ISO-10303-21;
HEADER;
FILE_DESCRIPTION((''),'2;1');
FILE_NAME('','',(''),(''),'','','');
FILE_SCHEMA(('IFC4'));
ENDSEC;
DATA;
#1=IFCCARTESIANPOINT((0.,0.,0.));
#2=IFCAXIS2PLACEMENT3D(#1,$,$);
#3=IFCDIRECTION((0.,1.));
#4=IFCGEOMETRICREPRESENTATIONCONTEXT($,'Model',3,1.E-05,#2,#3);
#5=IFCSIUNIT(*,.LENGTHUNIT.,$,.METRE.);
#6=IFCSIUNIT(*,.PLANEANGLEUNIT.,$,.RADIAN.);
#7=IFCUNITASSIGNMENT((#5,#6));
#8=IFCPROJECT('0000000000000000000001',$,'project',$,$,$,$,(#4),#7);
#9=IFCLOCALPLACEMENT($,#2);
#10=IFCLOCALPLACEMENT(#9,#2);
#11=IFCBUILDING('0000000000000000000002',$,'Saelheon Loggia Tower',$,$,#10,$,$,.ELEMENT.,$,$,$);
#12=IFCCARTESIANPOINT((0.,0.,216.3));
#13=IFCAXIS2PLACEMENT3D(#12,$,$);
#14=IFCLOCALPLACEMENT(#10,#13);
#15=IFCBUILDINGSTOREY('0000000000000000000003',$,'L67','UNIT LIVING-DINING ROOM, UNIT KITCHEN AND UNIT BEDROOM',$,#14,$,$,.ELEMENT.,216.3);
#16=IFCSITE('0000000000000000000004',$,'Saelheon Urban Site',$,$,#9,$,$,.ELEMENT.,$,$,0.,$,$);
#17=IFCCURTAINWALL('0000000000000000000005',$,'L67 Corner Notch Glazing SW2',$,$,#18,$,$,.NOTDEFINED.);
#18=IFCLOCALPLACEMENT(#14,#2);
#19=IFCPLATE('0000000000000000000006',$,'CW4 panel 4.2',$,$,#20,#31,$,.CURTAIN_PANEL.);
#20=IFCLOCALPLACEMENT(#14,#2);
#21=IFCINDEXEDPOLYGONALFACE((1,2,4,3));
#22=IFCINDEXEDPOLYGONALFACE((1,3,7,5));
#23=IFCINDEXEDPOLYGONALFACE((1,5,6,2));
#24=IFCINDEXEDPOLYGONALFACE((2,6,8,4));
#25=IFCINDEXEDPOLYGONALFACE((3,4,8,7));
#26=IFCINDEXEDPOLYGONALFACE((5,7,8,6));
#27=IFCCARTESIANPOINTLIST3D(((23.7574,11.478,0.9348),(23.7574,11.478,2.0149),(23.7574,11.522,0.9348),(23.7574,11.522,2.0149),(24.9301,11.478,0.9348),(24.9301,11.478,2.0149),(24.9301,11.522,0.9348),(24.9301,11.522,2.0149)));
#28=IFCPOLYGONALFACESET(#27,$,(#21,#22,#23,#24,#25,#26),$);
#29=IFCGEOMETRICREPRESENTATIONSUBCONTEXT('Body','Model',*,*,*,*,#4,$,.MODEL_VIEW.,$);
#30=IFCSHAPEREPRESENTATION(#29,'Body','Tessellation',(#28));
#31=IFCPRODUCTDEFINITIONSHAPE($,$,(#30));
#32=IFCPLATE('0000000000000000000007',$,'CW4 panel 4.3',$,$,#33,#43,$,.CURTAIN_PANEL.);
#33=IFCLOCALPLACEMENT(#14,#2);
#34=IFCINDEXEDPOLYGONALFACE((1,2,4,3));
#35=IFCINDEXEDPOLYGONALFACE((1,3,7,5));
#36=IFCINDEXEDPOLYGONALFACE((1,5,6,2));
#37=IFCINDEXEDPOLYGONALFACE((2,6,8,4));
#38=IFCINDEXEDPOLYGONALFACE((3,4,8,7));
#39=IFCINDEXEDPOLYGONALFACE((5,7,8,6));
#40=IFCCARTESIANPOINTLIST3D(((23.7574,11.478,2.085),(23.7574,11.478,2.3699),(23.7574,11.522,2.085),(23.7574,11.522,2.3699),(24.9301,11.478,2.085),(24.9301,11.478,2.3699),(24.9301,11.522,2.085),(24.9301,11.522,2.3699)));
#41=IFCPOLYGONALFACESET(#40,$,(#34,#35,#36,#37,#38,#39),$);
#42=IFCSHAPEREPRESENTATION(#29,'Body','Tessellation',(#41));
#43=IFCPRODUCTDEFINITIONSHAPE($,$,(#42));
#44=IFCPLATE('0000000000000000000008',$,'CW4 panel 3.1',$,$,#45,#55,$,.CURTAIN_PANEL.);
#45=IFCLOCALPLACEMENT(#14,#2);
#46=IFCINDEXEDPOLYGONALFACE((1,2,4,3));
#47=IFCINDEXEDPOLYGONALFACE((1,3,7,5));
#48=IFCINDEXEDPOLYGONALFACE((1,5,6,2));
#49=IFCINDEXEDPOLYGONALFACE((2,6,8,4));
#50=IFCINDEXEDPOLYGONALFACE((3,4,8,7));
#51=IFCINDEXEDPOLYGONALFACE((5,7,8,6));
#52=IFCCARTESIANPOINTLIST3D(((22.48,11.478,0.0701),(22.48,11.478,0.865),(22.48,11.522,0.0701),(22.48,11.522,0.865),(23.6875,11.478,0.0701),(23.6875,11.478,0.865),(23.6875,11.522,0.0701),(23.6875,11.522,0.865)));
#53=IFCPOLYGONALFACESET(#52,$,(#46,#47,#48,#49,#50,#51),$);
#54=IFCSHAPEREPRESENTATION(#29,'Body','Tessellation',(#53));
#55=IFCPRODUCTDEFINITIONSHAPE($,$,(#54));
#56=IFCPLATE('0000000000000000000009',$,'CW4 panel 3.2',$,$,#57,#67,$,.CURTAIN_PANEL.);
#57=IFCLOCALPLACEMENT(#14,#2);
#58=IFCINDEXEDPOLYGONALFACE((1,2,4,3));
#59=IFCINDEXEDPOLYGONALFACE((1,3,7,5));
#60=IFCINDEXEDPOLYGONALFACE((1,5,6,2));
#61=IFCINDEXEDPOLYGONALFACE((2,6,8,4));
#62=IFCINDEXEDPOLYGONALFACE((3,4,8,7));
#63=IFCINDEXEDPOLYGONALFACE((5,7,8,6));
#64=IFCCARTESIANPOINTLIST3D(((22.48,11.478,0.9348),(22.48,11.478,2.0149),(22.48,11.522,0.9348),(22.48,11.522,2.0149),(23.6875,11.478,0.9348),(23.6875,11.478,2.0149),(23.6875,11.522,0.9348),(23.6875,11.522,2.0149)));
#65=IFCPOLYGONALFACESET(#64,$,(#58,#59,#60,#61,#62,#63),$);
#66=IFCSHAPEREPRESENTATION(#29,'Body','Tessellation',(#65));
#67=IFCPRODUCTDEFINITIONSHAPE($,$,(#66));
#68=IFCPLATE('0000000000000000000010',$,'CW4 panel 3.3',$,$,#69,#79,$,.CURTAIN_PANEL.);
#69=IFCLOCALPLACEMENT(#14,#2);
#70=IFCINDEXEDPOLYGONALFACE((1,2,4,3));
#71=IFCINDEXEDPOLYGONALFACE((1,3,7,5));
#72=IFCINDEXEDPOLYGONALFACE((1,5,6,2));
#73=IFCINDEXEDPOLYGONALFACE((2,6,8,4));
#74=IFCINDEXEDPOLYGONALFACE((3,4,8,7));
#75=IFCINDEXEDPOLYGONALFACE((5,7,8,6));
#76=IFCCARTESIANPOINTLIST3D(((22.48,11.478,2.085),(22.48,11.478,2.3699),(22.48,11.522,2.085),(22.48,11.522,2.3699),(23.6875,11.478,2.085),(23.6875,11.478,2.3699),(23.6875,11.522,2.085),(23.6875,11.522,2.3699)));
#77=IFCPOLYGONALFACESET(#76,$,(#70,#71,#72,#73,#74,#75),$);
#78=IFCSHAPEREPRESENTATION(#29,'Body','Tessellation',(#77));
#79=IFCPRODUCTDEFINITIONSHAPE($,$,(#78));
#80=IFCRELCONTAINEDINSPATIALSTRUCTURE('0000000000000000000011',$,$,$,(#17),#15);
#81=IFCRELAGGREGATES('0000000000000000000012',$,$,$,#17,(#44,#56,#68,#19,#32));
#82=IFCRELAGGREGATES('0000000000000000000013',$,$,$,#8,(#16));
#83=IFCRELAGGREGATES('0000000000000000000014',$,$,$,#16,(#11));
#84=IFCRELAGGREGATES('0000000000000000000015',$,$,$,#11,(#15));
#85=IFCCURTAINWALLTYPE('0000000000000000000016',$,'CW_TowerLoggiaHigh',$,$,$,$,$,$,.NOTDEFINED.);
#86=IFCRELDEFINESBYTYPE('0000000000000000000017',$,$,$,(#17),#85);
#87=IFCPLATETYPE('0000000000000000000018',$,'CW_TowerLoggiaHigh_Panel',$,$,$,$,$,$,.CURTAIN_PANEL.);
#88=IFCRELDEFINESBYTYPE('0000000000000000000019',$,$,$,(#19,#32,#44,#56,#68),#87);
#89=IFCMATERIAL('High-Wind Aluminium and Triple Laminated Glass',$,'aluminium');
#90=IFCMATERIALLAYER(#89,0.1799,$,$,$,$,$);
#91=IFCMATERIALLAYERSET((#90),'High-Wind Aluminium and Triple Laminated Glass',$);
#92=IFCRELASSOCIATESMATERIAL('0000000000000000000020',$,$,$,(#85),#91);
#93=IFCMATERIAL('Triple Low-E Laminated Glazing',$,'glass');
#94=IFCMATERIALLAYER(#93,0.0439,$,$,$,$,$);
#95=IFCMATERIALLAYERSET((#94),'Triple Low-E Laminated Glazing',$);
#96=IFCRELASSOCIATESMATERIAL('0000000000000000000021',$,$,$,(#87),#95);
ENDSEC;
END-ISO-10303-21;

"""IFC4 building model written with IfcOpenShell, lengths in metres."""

from ifc_helpers import new_model, si_unit, direction, frame, origin, origin_2d, place, context, subcontext, project, spatial, rectangle, extrude, source, transform, mapped, material, layer, layer_set, type_object, element, aggregate, save


model = new_model("IFC4")

# Units and contexts
model_context = context("Model", 3, precision=1e-05, world=origin(), true_north=direction((0.0, 1.0)))
body_context = subcontext(model_context, "Body", "Model", "MODEL_VIEW")
ifc_project = project(units=[si_unit("LENGTHUNIT", "METRE"), si_unit("PLANEANGLEUNIT", "RADIAN")], contexts=[model_context])

# Site, building, storey
site_placement = place(None, origin())
site = spatial("IfcSite", under=ifc_project, at=site_placement, Name="Saelheon Urban Site", CompositionType="ELEMENT", RefElevation=0.0)
building_placement = place(site_placement, origin())
building = spatial("IfcBuilding", under=site, at=building_placement, Name="Saelheon Loggia Tower", CompositionType="ELEMENT")
storey_placement = place(building_placement, frame((0.0, 0.0, 216.3)))
storey = spatial("IfcBuildingStorey", under=building, at=storey_placement, Name="L67", Description="UNIT LIVING-DINING ROOM, UNIT KITCHEN AND UNIT BEDROOM", CompositionType="ELEMENT", Elevation=216.3)

# Curtain wall, plates
ifc_material_1 = material(Name="High-Wind Aluminium and Triple Laminated Glass", Category="aluminium")
ifc_layer_1 = layer(ifc_material_1, 0.1799)
ifc_layer_set_1 = layer_set([ifc_layer_1], Name="High-Wind Aluminium and Triple Laminated Glass")
curtain_wall_type = type_object("IfcCurtainWallType", Name="CW_TowerLoggiaHigh", PredefinedType="NOTDEFINED", material=ifc_layer_set_1)
curtain_wall_placement = place(storey_placement, origin())
curtain_wall = element("IfcCurtainWall", 1, at=curtain_wall_placement, inside=storey, type_object=curtain_wall_type, Name="L67 Corner Notch Glazing SW2", PredefinedType="NOTDEFINED")
ifc_material_2 = material(Name="Triple Low-E Laminated Glazing", Category="glass")
ifc_layer_2 = layer(ifc_material_2, 0.0439)
ifc_layer_set_2 = layer_set([ifc_layer_2], Name="Triple Low-E Laminated Glazing")
plate_type = type_object("IfcPlateType", Name="CW_TowerLoggiaHigh_Panel", PredefinedType="CURTAIN_PANEL", material=ifc_layer_set_2)
shared_shape_1 = source(origin(), body_context, "Body", "SweptSolid", [
    extrude(rectangle(XDim=1.1726, YDim=0.0439, at=origin_2d()), origin(), (0.0, 0.0, 1.0), 1.0801),
])
plate_1_placement = place(storey_placement, frame((24.3438, 11.5, 0.9348), z_axis=(0.0, 0.0, 1.0), x_axis=(1.0, 0.0, 0.0)))
plate_1 = element("IfcPlate", 2, at=plate_1_placement, type_object=plate_type, Name="CW4 panel 4.2", PredefinedType="CURTAIN_PANEL", context=body_context, shape_type="MappedRepresentation", body=[
    mapped(shared_shape_1, transform((0.0, 0.0, 0.0), scale=1.0)),
])
shared_shape_2 = source(origin(), body_context, "Body", "SweptSolid", [
    extrude(rectangle(XDim=1.1726, YDim=0.0439, at=origin_2d()), origin(), (0.0, 0.0, 1.0), 0.2849),
])
plate_2_placement = place(storey_placement, frame((24.3438, 11.5, 2.085), z_axis=(0.0, 0.0, 1.0), x_axis=(1.0, 0.0, 0.0)))
plate_2 = element("IfcPlate", 3, at=plate_2_placement, type_object=plate_type, Name="CW4 panel 4.3", PredefinedType="CURTAIN_PANEL", context=body_context, shape_type="MappedRepresentation", body=[
    mapped(shared_shape_2, transform((0.0, 0.0, 0.0), scale=1.0)),
])
shared_shape_3 = source(origin(), body_context, "Body", "SweptSolid", [
    extrude(rectangle(XDim=1.2075, YDim=0.0439, at=origin_2d()), origin(), (0.0, 0.0, 1.0), 0.7949),
])
plate_3_placement = place(storey_placement, frame((23.0837, 11.5, 0.0701), z_axis=(0.0, 0.0, 1.0), x_axis=(1.0, 0.0, 0.0)))
plate_3 = element("IfcPlate", 4, at=plate_3_placement, type_object=plate_type, Name="CW4 panel 3.1", PredefinedType="CURTAIN_PANEL", context=body_context, shape_type="MappedRepresentation", body=[
    mapped(shared_shape_3, transform((0.0, 0.0, 0.0), scale=1.0)),
])
shared_shape_4 = source(origin(), body_context, "Body", "SweptSolid", [
    extrude(rectangle(XDim=1.2075, YDim=0.0439, at=origin_2d()), origin(), (0.0, 0.0, 1.0), 1.0801),
])
plate_4_placement = place(storey_placement, frame((23.0837, 11.5, 0.9348), z_axis=(0.0, 0.0, 1.0), x_axis=(1.0, 0.0, 0.0)))
plate_4 = element("IfcPlate", 5, at=plate_4_placement, type_object=plate_type, Name="CW4 panel 3.2", PredefinedType="CURTAIN_PANEL", context=body_context, shape_type="MappedRepresentation", body=[
    mapped(shared_shape_4, transform((0.0, 0.0, 0.0), scale=1.0)),
])
shared_shape_5 = source(origin(), body_context, "Body", "SweptSolid", [
    extrude(rectangle(XDim=1.2075, YDim=0.0439, at=origin_2d()), origin(), (0.0, 0.0, 1.0), 0.2849),
])
plate_5_placement = place(storey_placement, frame((23.0837, 11.5, 2.085), z_axis=(0.0, 0.0, 1.0), x_axis=(1.0, 0.0, 0.0)))
plate_5 = element("IfcPlate", 6, at=plate_5_placement, type_object=plate_type, Name="CW4 panel 3.3", PredefinedType="CURTAIN_PANEL", context=body_context, shape_type="MappedRepresentation", body=[
    mapped(shared_shape_5, transform((0.0, 0.0, 0.0), scale=1.0)),
])
aggregate(curtain_wall, [plate_3, plate_4, plate_5, plate_1, plate_2])

save(model, "model.ifc")
